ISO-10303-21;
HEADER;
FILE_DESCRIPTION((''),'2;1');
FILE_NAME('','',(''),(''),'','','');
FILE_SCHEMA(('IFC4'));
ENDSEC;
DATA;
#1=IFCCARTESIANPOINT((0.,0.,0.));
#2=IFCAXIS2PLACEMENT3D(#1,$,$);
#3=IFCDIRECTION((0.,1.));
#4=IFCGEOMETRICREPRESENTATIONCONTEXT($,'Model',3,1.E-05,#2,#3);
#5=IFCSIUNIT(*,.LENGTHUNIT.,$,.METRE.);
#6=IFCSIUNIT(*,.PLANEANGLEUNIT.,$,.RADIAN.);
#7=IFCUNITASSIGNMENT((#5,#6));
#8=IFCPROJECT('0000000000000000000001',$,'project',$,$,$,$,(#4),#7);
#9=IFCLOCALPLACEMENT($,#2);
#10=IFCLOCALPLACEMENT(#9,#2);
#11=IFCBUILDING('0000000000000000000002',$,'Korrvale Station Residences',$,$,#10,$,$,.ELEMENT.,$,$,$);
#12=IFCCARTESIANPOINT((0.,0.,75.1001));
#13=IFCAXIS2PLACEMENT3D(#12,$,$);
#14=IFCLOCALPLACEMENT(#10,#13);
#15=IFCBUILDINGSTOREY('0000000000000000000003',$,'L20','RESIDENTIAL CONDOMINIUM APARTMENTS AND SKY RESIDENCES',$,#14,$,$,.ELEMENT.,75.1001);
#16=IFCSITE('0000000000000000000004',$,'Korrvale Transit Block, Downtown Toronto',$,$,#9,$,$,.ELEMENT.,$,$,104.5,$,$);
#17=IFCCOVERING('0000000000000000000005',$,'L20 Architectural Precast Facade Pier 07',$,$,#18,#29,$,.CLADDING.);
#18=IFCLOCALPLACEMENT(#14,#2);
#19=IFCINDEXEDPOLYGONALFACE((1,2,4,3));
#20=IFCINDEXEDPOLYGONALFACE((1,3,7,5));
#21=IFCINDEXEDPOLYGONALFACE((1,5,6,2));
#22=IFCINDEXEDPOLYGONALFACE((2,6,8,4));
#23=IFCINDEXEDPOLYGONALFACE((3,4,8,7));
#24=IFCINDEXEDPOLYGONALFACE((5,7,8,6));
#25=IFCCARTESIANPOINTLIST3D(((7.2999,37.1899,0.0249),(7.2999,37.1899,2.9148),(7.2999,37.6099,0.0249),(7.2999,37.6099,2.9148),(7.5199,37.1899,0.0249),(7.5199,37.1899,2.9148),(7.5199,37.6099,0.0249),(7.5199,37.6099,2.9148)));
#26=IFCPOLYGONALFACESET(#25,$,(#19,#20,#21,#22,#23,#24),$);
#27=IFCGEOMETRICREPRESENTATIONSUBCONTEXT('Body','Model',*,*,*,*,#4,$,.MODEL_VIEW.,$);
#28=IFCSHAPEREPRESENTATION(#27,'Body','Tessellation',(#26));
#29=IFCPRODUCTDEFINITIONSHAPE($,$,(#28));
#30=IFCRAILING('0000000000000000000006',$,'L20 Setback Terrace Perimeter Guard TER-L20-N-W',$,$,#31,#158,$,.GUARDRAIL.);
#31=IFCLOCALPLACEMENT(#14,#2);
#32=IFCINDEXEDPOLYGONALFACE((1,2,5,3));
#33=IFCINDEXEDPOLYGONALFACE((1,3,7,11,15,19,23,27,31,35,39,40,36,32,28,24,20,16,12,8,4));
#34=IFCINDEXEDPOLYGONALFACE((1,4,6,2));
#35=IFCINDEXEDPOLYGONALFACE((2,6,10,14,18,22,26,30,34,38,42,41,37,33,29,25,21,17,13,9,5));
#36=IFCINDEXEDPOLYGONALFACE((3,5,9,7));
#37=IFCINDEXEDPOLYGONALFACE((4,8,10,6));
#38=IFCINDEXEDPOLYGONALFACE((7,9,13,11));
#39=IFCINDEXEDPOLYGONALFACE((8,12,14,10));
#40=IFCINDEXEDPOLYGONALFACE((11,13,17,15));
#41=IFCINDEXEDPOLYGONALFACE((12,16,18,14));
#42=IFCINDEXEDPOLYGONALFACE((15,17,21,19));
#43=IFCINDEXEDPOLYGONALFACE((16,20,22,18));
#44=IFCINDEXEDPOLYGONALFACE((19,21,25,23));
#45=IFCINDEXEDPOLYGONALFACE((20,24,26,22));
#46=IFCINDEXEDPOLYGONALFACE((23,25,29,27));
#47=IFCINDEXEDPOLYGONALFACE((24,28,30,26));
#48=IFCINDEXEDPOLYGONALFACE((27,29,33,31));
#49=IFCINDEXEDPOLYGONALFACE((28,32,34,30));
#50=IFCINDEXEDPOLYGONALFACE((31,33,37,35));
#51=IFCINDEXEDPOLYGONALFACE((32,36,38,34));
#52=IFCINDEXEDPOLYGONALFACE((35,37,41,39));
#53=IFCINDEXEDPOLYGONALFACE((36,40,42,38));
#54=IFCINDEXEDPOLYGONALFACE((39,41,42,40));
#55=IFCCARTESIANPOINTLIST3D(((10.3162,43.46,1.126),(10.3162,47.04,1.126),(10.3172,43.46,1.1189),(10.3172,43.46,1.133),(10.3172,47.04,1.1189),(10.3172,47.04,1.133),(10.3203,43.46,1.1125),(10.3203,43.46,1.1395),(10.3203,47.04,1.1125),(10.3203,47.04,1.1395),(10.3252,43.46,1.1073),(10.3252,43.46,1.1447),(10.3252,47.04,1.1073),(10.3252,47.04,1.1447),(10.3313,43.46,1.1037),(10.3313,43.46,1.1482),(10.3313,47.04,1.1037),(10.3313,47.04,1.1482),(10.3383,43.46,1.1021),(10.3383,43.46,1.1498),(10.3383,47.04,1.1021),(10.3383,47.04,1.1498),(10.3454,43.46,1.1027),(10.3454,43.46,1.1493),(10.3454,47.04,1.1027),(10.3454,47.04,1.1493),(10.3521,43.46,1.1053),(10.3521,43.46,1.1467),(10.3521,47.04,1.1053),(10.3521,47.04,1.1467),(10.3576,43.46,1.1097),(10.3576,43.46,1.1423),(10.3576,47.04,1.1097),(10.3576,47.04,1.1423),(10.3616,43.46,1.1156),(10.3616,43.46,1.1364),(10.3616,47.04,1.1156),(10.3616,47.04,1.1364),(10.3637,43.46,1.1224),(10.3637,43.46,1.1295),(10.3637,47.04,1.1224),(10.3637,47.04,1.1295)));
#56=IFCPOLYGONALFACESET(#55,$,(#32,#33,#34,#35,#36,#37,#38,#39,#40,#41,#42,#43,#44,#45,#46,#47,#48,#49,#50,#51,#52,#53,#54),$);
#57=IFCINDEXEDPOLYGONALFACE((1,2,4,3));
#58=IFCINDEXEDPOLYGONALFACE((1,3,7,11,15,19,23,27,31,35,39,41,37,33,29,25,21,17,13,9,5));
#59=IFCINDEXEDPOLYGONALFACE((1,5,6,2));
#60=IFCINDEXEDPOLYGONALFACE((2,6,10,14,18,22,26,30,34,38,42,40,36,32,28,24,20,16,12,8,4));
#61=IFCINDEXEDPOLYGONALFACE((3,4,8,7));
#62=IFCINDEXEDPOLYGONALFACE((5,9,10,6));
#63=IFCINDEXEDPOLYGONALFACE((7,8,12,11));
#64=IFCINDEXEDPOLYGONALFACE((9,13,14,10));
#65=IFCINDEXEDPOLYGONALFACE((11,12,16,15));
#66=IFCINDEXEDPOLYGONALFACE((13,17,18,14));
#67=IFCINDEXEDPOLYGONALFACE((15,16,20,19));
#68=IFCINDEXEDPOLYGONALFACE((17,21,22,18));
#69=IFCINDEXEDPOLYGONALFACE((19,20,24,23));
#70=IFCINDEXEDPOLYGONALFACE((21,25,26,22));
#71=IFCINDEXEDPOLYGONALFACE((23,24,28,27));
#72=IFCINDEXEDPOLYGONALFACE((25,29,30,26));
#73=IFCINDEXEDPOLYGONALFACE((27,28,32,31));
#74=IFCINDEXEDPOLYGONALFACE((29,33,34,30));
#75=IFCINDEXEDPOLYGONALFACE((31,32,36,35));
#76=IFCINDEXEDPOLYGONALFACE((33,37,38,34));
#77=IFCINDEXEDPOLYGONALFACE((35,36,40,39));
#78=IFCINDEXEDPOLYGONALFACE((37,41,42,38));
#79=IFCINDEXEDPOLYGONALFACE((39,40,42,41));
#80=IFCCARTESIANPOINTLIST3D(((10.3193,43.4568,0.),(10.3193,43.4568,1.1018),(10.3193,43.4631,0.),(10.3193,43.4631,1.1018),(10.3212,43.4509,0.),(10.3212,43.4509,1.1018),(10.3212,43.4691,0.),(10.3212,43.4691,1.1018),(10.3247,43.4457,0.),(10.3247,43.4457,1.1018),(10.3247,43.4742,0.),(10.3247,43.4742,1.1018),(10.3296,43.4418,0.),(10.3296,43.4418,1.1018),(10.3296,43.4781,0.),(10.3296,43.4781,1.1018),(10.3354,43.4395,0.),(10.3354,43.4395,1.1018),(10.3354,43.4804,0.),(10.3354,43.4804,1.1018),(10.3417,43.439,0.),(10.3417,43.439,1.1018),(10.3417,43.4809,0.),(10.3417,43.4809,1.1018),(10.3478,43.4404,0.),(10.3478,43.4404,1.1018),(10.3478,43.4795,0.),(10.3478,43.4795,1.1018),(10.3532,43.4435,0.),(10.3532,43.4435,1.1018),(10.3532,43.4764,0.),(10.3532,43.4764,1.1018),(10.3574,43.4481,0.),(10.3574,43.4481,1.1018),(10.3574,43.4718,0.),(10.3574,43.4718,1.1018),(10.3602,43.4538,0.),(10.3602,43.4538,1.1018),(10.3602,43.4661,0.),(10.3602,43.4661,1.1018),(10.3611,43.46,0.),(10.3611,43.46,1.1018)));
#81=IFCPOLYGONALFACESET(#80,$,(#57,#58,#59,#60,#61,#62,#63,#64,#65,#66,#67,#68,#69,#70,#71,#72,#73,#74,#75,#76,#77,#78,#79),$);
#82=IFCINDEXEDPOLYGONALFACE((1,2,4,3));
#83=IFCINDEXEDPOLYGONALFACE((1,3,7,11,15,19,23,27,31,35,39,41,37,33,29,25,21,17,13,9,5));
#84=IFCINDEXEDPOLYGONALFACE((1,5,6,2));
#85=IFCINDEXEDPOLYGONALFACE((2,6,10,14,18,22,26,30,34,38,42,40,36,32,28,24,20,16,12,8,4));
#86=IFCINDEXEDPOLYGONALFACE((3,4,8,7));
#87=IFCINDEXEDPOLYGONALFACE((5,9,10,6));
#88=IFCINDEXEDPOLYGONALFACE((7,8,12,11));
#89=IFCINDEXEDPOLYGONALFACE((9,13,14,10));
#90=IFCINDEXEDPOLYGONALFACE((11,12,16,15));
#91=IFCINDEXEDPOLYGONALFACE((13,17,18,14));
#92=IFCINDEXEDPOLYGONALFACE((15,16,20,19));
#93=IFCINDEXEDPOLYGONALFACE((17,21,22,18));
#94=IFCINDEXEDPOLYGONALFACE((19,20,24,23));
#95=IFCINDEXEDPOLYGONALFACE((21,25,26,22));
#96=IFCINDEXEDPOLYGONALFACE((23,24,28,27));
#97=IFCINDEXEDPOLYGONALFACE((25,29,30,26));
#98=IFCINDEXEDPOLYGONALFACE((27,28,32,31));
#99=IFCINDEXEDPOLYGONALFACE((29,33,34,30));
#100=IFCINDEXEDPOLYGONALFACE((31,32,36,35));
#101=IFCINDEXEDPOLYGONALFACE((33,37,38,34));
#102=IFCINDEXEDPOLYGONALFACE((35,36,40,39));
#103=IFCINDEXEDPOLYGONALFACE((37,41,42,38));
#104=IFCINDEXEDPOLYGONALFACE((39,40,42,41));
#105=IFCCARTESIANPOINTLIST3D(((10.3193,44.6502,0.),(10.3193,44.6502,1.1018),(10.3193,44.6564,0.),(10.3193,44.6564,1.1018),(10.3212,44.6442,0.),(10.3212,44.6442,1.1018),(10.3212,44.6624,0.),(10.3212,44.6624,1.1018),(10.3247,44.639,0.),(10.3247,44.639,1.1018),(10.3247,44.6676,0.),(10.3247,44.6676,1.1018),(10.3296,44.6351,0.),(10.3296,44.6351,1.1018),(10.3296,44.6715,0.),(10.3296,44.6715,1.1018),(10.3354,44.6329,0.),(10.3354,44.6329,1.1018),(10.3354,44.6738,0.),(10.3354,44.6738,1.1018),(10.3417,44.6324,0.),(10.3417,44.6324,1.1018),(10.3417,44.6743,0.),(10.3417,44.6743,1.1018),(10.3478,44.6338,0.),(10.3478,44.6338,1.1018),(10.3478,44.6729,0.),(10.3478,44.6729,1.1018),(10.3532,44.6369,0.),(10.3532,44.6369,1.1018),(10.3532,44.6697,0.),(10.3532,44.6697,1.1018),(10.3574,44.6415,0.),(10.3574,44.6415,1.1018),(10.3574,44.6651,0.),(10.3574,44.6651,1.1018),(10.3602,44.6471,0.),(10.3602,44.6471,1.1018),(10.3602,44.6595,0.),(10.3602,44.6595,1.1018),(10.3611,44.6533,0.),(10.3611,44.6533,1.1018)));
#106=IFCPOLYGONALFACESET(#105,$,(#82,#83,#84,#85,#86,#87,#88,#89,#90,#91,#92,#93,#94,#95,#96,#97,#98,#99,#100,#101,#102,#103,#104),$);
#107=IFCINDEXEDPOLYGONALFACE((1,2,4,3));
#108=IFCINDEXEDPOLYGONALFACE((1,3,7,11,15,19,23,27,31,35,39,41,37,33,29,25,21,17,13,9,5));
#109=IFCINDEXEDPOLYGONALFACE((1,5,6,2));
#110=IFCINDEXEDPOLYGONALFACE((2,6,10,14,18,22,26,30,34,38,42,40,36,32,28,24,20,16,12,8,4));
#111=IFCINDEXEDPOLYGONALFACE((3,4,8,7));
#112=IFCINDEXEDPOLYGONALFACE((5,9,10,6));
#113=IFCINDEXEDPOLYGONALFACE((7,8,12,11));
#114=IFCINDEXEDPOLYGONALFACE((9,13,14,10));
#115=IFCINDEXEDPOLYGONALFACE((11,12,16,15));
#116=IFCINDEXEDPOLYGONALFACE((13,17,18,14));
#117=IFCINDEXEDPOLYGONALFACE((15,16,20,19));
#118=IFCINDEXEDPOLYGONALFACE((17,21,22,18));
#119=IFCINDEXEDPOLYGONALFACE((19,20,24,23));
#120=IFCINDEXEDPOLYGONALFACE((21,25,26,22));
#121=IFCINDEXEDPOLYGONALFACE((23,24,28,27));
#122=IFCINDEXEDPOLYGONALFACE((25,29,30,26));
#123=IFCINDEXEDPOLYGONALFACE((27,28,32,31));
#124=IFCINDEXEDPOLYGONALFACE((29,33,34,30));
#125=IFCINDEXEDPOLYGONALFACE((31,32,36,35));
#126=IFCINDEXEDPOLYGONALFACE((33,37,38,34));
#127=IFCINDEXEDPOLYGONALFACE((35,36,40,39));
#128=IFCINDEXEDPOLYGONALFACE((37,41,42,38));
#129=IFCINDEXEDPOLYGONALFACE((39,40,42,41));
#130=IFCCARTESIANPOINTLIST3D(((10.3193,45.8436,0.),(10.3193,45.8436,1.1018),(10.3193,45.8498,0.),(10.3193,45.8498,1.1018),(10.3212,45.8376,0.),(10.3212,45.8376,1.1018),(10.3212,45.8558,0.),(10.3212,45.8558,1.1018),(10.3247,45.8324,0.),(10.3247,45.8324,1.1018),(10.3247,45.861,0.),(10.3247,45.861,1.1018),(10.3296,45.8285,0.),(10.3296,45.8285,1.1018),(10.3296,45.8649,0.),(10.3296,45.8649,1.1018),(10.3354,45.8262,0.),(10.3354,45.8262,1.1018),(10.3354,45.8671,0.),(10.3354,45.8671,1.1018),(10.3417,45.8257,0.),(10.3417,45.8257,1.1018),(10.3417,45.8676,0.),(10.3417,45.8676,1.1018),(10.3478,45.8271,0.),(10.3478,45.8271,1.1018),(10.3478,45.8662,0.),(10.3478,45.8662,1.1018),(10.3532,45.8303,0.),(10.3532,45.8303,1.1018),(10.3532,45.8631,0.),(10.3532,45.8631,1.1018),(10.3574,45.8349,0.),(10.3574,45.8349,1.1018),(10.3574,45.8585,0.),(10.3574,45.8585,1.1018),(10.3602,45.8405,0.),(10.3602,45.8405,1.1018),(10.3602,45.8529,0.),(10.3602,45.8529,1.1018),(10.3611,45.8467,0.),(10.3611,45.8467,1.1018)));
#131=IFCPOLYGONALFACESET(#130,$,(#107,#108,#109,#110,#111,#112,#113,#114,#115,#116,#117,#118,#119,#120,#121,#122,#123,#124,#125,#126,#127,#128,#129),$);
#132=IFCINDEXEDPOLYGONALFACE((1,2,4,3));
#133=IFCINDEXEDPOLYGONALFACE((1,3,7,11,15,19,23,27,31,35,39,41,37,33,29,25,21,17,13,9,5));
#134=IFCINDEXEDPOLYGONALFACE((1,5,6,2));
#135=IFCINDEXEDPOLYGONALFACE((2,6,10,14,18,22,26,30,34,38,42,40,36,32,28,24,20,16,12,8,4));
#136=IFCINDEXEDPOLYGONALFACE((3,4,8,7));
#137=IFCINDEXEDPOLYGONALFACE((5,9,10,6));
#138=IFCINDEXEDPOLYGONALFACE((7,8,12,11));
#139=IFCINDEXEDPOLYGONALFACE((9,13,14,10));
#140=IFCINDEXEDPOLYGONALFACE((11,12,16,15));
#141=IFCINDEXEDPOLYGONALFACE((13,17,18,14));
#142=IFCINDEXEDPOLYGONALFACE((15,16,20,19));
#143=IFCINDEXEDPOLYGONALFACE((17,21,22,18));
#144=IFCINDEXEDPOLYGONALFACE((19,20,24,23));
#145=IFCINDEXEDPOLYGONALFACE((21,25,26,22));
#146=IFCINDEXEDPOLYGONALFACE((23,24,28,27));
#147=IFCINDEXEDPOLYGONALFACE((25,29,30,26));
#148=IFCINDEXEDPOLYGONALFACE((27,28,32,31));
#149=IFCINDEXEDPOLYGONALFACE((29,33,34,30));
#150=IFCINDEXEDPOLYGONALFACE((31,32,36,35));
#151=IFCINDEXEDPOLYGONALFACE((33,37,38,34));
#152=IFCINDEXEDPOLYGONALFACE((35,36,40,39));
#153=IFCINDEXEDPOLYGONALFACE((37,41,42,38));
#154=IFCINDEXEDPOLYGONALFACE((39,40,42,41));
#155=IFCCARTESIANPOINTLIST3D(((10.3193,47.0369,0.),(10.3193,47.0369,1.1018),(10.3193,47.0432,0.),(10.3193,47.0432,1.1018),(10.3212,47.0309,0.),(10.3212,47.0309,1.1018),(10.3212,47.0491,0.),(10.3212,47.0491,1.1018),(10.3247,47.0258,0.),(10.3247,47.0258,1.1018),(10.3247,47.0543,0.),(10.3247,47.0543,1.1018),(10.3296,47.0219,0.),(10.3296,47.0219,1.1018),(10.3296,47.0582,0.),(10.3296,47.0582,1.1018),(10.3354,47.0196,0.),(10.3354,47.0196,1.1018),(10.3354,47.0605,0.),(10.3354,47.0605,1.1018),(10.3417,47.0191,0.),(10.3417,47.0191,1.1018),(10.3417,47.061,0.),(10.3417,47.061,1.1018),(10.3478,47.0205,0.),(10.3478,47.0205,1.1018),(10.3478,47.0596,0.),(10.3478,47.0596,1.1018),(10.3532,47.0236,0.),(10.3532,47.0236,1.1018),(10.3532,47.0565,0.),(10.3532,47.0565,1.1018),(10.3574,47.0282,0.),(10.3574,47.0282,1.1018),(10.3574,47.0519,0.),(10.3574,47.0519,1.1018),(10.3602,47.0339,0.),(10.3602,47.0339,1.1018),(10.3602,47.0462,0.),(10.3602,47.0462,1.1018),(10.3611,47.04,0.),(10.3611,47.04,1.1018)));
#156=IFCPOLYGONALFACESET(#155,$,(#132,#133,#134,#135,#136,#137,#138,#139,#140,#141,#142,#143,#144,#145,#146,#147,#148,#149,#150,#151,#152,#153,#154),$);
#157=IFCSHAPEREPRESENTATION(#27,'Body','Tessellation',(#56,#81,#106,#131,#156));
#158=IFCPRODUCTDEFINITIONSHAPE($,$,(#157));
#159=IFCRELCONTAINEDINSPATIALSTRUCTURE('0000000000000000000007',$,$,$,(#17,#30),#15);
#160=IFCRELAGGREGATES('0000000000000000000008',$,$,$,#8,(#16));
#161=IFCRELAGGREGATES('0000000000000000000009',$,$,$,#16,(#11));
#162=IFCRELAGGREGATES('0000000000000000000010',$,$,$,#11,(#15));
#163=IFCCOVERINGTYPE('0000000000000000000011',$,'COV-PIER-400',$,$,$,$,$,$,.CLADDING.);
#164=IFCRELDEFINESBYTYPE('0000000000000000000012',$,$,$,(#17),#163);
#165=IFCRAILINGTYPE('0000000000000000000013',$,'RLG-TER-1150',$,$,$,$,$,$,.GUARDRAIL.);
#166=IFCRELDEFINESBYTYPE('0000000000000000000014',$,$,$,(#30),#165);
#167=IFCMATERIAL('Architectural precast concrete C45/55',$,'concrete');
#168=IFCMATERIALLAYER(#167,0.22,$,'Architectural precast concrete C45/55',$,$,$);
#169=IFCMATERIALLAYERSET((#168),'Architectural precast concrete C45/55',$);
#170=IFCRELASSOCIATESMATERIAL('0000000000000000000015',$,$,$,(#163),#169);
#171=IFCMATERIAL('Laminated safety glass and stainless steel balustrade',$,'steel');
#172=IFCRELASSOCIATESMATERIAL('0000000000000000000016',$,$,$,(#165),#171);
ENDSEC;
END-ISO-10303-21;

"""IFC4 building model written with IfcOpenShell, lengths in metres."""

from ifc_helpers import new_model, si_unit, direction, frame, origin, origin_2d, place, context, subcontext, project, spatial, rectangle, circle, extrude, material, layer, layer_set, type_object, element, save


model = new_model("IFC4")

# Units and contexts
model_context = context("Model", 3, precision=1e-05, world=origin(), true_north=direction((0.0, 1.0)))
body_context = subcontext(model_context, "Body", "Model", "MODEL_VIEW")
ifc_project = project(units=[si_unit("LENGTHUNIT", "METRE"), si_unit("PLANEANGLEUNIT", "RADIAN")], contexts=[model_context])

# Site, building, storey
site_placement = place(None, origin())
site = spatial("IfcSite", under=ifc_project, at=site_placement, Name="Korrvale Transit Block, Downtown Toronto", CompositionType="ELEMENT", RefElevation=104.5)
building_placement = place(site_placement, origin())
building = spatial("IfcBuilding", under=site, at=building_placement, Name="Korrvale Station Residences", CompositionType="ELEMENT")
storey_placement = place(building_placement, frame((0.0, 0.0, 75.1001)))
storey = spatial("IfcBuildingStorey", under=building, at=storey_placement, Name="L20", Description="RESIDENTIAL CONDOMINIUM APARTMENTS AND SKY RESIDENCES", CompositionType="ELEMENT", Elevation=75.1001)

# Covering
ifc_material_1 = material(Name="Architectural precast concrete C45/55", Category="concrete")
ifc_layer_1 = layer(ifc_material_1, 0.22, Name="Architectural precast concrete C45/55")
ifc_layer_set_1 = layer_set([ifc_layer_1], Name="Architectural precast concrete C45/55")
covering_type = type_object("IfcCoveringType", Name="COV-PIER-400", PredefinedType="CLADDING", material=ifc_layer_set_1)
for number, where, z_axis, x_axis, name in (
    (1, (7.4099, 37.3999, 0.0249), (0.0, 0.0, 1.0), (0.0, 1.0, 0.0), "L20 Architectural Precast Facade Pier 07"),
):
    element("IfcCovering", number, at=place(storey_placement, frame(where, z_axis=z_axis, x_axis=x_axis)), inside=storey, type_object=covering_type, Name=name, PredefinedType="CLADDING", context=body_context, shape_type="SweptSolid", body=[
        extrude(rectangle(XDim=0.4199, YDim=0.22, at=origin_2d()), origin(), (0.0, 0.0, 1.0), 2.8899),
    ])

# Railing
ifc_material_2 = material(Name="Laminated safety glass and stainless steel balustrade", Category="steel")
railing_type = type_object("IfcRailingType", Name="RLG-TER-1150", PredefinedType="GUARDRAIL", material=ifc_material_2)
railing_1_placement = place(storey_placement, frame((10.3401, 43.46, 0.0)))
element("IfcRailing", 2, at=railing_1_placement, inside=storey, type_object=railing_type, Name="L20 Setback Terrace Perimeter Guard TER-L20-N-W", PredefinedType="GUARDRAIL", context=body_context, shape_type="SweptSolid", body=[
    extrude(circle(Radius=0.0239, at=origin_2d()), frame((0.0, 0.0, 1.126), z_axis=(0.0, 1.0, 0.0), x_axis=(-1.0, 0.0, 0.0)), (0.0, 0.0, 1.0), 3.5801),
    extrude(circle(Radius=0.021, at=origin_2d()), origin(), (0.0, 0.0, 1.0), 1.1018),
    extrude(circle(Radius=0.021, at=origin_2d()), frame((0.0, 1.1934, 0.0)), (0.0, 0.0, 1.0), 1.1018),
    extrude(circle(Radius=0.021, at=origin_2d()), frame((0.0, 2.3867, 0.0)), (0.0, 0.0, 1.0), 1.1018),
    extrude(circle(Radius=0.021, at=origin_2d()), frame((0.0, 3.5801, 0.0)), (0.0, 0.0, 1.0), 1.1018),
])

save(model, "model.ifc")
